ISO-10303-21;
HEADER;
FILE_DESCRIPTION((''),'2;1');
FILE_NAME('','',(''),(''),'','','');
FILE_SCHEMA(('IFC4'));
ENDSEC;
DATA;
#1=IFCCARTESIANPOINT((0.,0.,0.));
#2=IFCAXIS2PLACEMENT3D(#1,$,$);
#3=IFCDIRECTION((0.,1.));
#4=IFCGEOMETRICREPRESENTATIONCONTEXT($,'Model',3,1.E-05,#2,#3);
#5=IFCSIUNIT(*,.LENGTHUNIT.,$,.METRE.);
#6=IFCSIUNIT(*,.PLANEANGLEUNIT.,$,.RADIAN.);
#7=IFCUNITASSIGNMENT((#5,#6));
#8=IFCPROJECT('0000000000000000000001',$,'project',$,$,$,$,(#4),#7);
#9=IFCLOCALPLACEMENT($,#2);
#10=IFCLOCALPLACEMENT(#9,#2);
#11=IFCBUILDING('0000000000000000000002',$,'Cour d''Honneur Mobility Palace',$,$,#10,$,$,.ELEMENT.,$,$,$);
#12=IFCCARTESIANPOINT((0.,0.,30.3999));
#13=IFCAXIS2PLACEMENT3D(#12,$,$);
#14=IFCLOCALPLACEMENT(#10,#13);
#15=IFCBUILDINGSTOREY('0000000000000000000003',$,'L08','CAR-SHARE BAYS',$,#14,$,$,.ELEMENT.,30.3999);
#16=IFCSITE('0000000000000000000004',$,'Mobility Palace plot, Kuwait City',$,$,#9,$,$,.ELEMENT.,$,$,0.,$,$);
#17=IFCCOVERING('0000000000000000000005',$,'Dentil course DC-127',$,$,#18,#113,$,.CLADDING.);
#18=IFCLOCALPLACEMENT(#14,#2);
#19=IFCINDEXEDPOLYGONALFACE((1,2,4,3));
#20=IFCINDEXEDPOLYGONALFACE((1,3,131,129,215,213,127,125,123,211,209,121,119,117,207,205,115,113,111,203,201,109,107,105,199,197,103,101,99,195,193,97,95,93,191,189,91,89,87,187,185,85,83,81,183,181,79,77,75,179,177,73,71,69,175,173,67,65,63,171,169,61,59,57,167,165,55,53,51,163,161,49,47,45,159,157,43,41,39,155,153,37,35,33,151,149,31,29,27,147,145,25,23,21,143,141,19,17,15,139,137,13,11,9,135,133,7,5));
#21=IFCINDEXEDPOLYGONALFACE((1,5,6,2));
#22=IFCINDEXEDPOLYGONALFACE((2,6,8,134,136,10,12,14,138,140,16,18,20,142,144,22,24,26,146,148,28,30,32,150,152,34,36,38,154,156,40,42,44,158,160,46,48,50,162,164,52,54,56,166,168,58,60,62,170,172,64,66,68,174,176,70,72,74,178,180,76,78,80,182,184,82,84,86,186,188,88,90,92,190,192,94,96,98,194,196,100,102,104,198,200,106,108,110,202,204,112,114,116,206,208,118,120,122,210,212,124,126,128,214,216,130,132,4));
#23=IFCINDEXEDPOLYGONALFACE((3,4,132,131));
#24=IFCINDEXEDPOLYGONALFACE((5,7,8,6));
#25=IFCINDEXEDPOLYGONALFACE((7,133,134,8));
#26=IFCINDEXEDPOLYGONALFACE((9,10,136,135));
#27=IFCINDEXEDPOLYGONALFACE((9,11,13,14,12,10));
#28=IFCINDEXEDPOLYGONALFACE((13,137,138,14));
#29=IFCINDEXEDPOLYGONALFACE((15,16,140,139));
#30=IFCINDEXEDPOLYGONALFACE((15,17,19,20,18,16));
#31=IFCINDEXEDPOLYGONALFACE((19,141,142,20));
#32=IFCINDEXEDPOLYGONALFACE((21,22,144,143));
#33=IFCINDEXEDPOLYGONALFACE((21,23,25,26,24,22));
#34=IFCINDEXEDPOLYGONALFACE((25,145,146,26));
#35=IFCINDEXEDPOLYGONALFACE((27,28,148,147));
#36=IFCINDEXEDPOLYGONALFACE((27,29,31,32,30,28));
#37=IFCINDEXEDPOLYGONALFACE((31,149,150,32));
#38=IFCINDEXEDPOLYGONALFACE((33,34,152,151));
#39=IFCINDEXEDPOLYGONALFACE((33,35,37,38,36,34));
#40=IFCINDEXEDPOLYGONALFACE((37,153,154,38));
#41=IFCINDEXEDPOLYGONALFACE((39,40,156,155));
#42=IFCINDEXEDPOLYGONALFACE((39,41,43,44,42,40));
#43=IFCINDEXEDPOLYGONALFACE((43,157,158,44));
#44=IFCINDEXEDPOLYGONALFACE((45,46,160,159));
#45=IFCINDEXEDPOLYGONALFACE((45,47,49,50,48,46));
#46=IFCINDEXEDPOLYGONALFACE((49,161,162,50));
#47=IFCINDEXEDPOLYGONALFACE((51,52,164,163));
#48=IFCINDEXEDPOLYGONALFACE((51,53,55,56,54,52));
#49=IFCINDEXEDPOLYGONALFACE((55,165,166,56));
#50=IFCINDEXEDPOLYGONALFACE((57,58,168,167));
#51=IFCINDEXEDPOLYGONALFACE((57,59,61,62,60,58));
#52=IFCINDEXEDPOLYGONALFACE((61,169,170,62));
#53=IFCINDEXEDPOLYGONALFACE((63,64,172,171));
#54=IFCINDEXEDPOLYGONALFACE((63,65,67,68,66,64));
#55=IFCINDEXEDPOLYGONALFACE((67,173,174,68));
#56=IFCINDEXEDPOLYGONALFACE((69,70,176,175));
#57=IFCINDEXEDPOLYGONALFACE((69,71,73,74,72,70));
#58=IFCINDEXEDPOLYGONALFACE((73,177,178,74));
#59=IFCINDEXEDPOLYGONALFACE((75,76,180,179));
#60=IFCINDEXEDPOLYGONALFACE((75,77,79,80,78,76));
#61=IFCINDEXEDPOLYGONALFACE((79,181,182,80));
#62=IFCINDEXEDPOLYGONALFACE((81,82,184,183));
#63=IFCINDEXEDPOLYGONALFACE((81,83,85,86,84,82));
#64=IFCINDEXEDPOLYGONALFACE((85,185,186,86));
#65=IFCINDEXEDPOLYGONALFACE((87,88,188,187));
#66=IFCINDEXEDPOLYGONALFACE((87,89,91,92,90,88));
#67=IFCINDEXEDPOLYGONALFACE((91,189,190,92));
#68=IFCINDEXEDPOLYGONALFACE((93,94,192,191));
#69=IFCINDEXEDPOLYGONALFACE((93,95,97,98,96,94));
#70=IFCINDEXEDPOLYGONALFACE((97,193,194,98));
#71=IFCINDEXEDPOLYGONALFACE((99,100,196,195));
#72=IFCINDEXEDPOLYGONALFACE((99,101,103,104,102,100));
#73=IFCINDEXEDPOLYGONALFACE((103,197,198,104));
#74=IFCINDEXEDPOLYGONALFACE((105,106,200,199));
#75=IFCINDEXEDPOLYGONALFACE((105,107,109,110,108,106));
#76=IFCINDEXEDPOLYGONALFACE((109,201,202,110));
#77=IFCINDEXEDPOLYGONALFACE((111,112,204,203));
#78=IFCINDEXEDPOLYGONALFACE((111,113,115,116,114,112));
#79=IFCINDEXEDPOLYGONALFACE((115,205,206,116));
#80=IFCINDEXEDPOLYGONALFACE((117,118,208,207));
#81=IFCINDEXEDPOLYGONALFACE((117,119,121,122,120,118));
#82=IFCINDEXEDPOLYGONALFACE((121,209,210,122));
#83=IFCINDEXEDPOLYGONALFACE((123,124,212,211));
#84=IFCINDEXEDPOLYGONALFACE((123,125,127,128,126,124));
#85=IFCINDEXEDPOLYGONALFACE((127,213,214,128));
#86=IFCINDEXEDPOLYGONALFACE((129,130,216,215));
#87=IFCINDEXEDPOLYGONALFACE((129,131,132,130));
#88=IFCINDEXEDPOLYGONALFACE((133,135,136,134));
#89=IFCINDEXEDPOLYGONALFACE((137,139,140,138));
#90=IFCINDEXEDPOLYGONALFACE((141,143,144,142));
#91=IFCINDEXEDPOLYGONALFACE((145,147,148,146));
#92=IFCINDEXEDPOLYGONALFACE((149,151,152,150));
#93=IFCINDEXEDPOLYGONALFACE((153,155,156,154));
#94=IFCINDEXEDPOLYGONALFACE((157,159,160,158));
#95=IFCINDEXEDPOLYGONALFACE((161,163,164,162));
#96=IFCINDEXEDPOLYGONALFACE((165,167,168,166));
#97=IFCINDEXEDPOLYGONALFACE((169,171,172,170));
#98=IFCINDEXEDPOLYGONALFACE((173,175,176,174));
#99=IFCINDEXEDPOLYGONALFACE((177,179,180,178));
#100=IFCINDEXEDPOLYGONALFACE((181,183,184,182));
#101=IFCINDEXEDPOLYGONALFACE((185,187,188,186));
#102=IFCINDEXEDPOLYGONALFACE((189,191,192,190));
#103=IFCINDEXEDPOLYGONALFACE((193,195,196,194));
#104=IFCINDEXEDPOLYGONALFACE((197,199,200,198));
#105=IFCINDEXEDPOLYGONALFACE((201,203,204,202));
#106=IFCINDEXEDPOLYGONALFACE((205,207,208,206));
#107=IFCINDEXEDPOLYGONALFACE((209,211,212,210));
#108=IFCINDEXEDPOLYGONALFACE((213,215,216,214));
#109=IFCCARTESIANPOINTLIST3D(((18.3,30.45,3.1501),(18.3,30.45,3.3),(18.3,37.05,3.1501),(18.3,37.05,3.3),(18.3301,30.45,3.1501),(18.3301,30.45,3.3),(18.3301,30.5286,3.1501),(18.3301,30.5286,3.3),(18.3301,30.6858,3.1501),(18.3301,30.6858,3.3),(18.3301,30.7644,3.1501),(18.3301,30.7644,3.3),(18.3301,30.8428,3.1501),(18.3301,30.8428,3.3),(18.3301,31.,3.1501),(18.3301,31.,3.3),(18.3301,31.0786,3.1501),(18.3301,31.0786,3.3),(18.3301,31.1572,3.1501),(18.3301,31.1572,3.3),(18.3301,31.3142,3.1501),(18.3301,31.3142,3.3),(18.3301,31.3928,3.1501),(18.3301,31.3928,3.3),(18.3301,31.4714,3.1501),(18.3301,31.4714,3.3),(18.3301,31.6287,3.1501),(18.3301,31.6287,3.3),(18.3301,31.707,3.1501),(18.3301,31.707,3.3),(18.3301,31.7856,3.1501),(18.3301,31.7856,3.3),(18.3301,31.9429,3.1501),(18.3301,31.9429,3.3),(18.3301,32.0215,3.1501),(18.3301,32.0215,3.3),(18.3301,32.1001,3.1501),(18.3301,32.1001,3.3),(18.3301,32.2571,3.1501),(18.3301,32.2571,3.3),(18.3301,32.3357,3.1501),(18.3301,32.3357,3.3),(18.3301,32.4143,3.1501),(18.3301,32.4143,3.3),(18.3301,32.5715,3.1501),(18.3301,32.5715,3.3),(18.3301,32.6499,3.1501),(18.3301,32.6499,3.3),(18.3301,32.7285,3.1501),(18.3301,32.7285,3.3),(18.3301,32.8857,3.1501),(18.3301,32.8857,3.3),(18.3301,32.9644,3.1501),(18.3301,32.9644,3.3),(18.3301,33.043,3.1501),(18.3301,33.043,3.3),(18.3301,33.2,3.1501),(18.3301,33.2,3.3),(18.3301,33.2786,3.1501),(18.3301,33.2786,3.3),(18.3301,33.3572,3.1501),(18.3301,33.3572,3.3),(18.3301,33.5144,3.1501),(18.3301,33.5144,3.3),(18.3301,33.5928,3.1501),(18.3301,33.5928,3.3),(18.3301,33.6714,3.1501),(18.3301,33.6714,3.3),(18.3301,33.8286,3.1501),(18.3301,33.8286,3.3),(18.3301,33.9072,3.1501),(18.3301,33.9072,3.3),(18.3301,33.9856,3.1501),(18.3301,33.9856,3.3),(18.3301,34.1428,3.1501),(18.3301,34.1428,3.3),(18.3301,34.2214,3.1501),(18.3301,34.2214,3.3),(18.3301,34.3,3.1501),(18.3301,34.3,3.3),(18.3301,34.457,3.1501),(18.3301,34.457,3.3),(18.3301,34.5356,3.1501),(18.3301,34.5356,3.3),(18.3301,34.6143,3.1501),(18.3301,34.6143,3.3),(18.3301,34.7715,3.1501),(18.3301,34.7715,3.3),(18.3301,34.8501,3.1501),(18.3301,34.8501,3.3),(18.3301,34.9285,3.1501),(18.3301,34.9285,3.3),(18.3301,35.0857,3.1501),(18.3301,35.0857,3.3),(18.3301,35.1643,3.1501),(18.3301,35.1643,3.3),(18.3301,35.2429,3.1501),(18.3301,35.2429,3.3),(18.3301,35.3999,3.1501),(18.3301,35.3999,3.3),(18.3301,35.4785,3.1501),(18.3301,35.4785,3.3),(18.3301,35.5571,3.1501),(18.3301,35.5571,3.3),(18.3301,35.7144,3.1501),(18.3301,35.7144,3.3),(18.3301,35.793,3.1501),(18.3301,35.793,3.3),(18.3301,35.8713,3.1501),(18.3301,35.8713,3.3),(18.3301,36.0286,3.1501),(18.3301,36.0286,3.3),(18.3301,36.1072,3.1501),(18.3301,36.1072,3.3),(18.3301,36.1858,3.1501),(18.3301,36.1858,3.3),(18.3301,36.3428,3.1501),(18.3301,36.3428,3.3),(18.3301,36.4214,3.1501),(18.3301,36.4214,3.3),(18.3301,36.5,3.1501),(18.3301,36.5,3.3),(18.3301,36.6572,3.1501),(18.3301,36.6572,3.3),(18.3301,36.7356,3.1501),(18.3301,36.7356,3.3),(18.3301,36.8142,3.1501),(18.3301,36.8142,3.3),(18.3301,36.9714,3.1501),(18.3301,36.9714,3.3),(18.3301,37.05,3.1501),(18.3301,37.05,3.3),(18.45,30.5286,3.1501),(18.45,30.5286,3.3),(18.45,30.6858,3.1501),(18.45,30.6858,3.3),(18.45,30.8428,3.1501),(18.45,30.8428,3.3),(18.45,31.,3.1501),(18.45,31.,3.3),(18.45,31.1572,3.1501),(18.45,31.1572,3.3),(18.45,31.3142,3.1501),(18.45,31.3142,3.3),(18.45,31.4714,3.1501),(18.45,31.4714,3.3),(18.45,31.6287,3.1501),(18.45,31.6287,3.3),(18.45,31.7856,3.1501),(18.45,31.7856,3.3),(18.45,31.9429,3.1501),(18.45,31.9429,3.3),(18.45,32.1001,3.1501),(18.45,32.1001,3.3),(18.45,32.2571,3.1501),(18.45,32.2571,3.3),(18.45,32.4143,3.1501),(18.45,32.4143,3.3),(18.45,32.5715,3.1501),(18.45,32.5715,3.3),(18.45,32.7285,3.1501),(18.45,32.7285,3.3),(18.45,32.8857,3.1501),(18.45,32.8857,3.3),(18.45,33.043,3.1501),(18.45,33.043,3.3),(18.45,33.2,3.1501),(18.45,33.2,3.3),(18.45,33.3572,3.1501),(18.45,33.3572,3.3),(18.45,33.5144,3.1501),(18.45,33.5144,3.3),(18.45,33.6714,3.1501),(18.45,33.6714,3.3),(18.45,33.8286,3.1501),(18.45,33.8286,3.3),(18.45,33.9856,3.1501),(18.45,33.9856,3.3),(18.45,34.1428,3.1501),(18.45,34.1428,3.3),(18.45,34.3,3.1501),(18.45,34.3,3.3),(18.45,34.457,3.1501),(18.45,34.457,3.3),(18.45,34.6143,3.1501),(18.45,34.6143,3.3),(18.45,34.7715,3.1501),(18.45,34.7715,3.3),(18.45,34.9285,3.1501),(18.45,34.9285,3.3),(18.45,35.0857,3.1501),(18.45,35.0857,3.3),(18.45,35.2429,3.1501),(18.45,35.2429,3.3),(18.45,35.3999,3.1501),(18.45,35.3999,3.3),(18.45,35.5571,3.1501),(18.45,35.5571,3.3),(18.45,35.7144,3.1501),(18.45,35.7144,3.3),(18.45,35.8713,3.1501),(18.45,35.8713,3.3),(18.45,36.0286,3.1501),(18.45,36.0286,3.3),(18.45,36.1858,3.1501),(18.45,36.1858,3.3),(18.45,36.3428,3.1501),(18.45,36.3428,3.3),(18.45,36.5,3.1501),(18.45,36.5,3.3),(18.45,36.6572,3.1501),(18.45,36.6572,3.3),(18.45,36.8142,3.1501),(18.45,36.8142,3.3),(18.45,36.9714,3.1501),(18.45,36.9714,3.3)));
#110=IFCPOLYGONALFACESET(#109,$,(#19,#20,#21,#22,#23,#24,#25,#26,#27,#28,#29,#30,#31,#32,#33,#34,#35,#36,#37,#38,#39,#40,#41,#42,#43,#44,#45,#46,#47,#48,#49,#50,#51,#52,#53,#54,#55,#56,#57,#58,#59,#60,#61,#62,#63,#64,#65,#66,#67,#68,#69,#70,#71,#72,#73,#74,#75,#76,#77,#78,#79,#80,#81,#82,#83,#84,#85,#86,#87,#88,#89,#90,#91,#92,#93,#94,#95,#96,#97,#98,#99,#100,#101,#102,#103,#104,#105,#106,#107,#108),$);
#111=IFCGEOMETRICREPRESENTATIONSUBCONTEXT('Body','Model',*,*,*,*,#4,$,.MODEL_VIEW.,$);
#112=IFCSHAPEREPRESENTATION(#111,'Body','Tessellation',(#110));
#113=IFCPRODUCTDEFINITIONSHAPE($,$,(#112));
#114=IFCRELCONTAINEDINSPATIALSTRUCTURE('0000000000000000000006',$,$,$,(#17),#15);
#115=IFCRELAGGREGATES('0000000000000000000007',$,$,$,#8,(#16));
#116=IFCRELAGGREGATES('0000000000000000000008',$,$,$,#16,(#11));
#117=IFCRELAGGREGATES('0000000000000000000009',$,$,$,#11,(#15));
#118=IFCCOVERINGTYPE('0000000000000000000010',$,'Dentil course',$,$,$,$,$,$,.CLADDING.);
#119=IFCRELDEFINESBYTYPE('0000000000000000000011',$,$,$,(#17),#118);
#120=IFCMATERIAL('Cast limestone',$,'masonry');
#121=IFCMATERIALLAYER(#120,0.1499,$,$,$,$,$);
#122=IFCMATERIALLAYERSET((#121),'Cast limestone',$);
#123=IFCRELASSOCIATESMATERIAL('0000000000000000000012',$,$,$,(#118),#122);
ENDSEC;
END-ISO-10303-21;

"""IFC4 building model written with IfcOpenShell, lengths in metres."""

from ifc_helpers import new_model, si_unit, direction, frame, origin, place, context, subcontext, project, spatial, polyline, outline, extrude, material, layer, layer_set, type_object, element, save


model = new_model("IFC4")

# Units and contexts
model_context = context("Model", 3, precision=1e-05, world=origin(), true_north=direction((0.0, 1.0)))
body_context = subcontext(model_context, "Body", "Model", "MODEL_VIEW")
ifc_project = project(units=[si_unit("LENGTHUNIT", "METRE"), si_unit("PLANEANGLEUNIT", "RADIAN")], contexts=[model_context])

# Site, building, storey
site_placement = place(None, origin())
site = spatial("IfcSite", under=ifc_project, at=site_placement, Name="Mobility Palace plot, Kuwait City", CompositionType="ELEMENT", RefElevation=0.0)
building_placement = place(site_placement, origin())
building = spatial("IfcBuilding", under=site, at=building_placement, Name="Cour d'Honneur Mobility Palace", CompositionType="ELEMENT")
storey_placement = place(building_placement, frame((0.0, 0.0, 30.3999)))
storey = spatial("IfcBuildingStorey", under=building, at=storey_placement, Name="L08", Description="CAR-SHARE BAYS", CompositionType="ELEMENT", Elevation=30.3999)

# Covering
ifc_material_1 = material(Name="Cast limestone", Category="masonry")
ifc_layer_1 = layer(ifc_material_1, 0.1499)
ifc_layer_set_1 = layer_set([ifc_layer_1], Name="Cast limestone")
covering_type_1 = type_object("IfcCoveringType", Name="Dentil course", PredefinedType="CLADDING", material=ifc_layer_set_1)
covering_1_placement = place(storey_placement, frame((0.0, 0.0, 3.1501)))
element("IfcCovering", 1, at=covering_1_placement, inside=storey, type_object=covering_type_1, Name="Dentil course DC-127", PredefinedType="CLADDING", context=body_context, shape_type="SweptSolid", body=[
    extrude(outline(polyline([(18.3, 30.45), (18.3, 37.05), (18.3301, 37.05), (18.3301, 37.05), (18.3301, 36.9714), (18.45, 36.9714), (18.45, 36.8142), (18.3301, 36.8142), (18.3301, 36.7356), (18.3301, 36.7356), (18.3301, 36.6572), (18.45, 36.6572), (18.45, 36.5), (18.3301, 36.5), (18.3301, 36.4214), (18.3301, 36.4214), (18.3301, 36.3428), (18.45, 36.3428), (18.45, 36.1858), (18.3301, 36.1858), (18.3301, 36.1072), (18.3301, 36.1072), (18.3301, 36.0286), (18.45, 36.0286), (18.45, 35.8713), (18.3301, 35.8713), (18.3301, 35.793), (18.3301, 35.793), (18.3301, 35.7144), (18.45, 35.7144), (18.45, 35.5571), (18.3301, 35.5571), (18.3301, 35.4785), (18.3301, 35.4785), (18.3301, 35.3999), (18.45, 35.3999), (18.45, 35.2429), (18.3301, 35.2429), (18.3301, 35.1643), (18.3301, 35.1643), (18.3301, 35.0857), (18.45, 35.0857), (18.45, 34.9285), (18.3301, 34.9285), (18.3301, 34.8501), (18.3301, 34.8501), (18.3301, 34.7715), (18.45, 34.7715), (18.45, 34.6143), (18.3301, 34.6143), (18.3301, 34.5356), (18.3301, 34.5356), (18.3301, 34.457), (18.45, 34.457), (18.45, 34.3), (18.3301, 34.3), (18.3301, 34.2214), (18.3301, 34.2214), (18.3301, 34.1428), (18.45, 34.1428), (18.45, 33.9856), (18.3301, 33.9856), (18.3301, 33.9072), (18.3301, 33.9072), (18.3301, 33.8286), (18.45, 33.8286), (18.45, 33.6714), (18.3301, 33.6714), (18.3301, 33.5928), (18.3301, 33.5928), (18.3301, 33.5144), (18.45, 33.5144), (18.45, 33.3572), (18.3301, 33.3572), (18.3301, 33.2786), (18.3301, 33.2786), (18.3301, 33.2), (18.45, 33.2), (18.45, 33.043), (18.3301, 33.043), (18.3301, 32.9644), (18.3301, 32.9644), (18.3301, 32.8857), (18.45, 32.8857), (18.45, 32.7285), (18.3301, 32.7285), (18.3301, 32.6499), (18.3301, 32.6499), (18.3301, 32.5715), (18.45, 32.5715), (18.45, 32.4143), (18.3301, 32.4143), (18.3301, 32.3357), (18.3301, 32.3357), (18.3301, 32.2571), (18.45, 32.2571), (18.45, 32.1001), (18.3301, 32.1001), (18.3301, 32.0215), (18.3301, 32.0215), (18.3301, 31.9429), (18.45, 31.9429), (18.45, 31.7856), (18.3301, 31.7856), (18.3301, 31.707), (18.3301, 31.707), (18.3301, 31.6287), (18.45, 31.6287), (18.45, 31.4714), (18.3301, 31.4714), (18.3301, 31.3928), (18.3301, 31.3928), (18.3301, 31.3142), (18.45, 31.3142), (18.45, 31.1572), (18.3301, 31.1572), (18.3301, 31.0786), (18.3301, 31.0786), (18.3301, 31.0), (18.45, 31.0), (18.45, 30.8428), (18.3301, 30.8428), (18.3301, 30.7644), (18.3301, 30.7644), (18.3301, 30.6858), (18.45, 30.6858), (18.45, 30.5286), (18.3301, 30.5286), (18.3301, 30.45), (18.3, 30.45)])), origin(), (0.0, 0.0, 1.0), 0.1499),
])

save(model, "model.ifc")
